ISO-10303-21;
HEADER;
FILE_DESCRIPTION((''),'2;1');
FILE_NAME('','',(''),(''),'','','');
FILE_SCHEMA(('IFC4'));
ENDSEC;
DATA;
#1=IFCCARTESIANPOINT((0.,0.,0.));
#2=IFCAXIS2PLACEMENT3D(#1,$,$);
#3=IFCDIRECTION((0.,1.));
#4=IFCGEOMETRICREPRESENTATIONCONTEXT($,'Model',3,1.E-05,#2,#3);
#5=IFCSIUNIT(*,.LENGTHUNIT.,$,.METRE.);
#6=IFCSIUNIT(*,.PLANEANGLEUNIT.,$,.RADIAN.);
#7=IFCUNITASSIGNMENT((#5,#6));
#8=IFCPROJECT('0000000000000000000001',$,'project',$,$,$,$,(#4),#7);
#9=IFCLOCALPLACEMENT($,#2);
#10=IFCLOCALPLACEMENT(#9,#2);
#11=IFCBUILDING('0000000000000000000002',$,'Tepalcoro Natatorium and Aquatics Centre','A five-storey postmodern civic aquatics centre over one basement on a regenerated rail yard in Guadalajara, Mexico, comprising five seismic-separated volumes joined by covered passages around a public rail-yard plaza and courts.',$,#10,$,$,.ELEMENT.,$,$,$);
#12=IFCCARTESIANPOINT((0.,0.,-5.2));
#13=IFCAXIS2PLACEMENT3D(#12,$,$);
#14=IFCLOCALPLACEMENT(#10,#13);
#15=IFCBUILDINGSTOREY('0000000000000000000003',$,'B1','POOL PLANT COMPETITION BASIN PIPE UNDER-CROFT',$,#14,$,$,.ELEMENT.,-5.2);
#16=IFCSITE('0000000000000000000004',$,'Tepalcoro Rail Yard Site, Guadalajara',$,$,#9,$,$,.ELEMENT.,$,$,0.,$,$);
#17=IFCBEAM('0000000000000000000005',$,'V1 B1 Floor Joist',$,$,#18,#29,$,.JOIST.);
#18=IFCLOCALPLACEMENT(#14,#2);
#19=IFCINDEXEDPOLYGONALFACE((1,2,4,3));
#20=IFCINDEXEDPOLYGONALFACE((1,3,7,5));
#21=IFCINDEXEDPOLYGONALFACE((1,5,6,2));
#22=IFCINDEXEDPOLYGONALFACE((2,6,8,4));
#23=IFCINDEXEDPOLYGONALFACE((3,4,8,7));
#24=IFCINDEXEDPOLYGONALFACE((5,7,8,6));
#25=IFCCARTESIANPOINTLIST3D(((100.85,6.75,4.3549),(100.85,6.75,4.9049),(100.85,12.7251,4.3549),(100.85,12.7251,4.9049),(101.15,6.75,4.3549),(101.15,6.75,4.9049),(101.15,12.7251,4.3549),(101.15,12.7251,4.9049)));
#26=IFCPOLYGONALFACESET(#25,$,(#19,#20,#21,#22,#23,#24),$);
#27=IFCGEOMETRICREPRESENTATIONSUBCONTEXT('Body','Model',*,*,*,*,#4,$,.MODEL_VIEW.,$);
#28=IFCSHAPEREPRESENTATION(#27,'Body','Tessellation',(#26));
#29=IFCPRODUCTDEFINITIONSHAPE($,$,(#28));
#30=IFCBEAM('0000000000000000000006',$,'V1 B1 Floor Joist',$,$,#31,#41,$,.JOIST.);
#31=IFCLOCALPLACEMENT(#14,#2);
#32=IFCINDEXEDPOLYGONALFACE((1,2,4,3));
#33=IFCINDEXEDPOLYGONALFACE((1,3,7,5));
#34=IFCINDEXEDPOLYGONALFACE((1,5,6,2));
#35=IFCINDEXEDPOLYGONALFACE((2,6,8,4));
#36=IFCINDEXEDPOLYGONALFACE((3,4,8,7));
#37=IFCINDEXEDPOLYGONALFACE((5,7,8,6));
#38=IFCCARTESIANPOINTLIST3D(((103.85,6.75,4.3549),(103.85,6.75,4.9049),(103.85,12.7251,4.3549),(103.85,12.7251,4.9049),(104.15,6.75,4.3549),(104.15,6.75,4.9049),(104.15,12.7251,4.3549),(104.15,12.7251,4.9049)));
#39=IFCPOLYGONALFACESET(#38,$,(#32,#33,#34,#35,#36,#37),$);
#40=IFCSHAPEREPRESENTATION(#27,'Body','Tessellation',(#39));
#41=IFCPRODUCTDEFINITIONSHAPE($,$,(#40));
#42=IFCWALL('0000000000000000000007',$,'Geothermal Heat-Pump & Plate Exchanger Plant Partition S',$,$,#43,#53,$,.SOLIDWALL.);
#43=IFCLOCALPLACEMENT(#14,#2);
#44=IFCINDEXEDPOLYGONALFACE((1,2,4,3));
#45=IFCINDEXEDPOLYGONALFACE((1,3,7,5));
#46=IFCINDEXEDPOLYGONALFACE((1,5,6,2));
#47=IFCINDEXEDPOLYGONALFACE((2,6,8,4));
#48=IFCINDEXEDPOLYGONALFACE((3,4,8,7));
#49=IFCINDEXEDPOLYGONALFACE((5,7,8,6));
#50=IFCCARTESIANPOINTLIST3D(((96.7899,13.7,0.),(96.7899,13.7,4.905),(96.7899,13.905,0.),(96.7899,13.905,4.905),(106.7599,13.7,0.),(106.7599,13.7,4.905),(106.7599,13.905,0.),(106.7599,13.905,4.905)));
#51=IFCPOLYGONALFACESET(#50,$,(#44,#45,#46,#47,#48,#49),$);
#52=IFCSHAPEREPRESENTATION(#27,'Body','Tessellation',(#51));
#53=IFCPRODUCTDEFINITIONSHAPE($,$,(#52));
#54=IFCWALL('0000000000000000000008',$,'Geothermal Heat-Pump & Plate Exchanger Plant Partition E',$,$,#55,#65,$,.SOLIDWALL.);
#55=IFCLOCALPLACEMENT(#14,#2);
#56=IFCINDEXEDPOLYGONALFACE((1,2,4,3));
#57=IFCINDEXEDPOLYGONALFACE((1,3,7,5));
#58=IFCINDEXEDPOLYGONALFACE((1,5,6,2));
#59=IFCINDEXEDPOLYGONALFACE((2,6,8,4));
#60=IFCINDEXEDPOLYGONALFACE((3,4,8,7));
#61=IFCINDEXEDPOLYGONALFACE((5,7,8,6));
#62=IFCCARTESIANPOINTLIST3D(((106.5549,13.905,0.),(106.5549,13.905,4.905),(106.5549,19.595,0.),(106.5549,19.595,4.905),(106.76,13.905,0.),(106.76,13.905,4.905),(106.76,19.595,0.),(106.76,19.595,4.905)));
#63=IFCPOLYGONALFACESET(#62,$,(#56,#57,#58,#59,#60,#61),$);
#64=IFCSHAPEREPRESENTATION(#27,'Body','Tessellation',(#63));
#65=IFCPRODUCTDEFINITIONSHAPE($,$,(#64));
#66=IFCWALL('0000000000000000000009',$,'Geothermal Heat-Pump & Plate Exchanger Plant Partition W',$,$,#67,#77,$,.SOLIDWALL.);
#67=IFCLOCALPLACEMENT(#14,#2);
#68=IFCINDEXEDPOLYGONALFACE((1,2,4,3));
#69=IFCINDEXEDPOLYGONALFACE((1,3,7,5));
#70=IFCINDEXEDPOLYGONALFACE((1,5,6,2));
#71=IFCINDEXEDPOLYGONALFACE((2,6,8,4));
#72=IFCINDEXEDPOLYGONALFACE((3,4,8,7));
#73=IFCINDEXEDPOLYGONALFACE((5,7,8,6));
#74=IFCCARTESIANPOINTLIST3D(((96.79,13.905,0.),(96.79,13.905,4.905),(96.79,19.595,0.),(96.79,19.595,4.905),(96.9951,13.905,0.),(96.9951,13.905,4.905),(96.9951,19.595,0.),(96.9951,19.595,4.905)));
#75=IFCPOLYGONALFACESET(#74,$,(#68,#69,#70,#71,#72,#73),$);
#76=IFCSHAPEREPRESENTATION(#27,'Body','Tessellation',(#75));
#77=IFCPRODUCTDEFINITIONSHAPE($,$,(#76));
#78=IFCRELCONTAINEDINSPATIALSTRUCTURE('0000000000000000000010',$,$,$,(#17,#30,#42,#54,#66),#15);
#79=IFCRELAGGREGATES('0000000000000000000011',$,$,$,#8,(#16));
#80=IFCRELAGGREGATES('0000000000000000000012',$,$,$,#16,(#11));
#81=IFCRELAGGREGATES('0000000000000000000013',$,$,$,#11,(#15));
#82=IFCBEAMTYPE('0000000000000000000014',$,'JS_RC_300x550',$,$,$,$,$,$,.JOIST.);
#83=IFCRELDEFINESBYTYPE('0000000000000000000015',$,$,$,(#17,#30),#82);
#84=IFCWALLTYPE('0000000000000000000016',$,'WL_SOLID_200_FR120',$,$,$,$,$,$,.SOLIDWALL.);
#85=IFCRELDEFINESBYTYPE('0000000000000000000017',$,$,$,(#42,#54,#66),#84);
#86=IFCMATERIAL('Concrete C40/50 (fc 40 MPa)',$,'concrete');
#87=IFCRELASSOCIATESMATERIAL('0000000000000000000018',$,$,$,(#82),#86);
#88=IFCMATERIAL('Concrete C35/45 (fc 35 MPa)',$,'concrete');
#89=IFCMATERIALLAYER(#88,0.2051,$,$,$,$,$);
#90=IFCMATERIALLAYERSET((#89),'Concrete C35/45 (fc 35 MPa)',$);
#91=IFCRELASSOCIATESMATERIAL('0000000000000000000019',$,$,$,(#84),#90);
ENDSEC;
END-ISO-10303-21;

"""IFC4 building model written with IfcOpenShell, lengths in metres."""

from ifc_helpers import new_model, si_unit, direction, frame, frame_2d, origin, origin_2d, place, context, subcontext, project, spatial, rectangle, extrude, material, layer, layer_set, material_profile, profile_set, type_object, element, save


model = new_model("IFC4")

# Units and contexts
model_context = context("Model", 3, precision=1e-05, world=origin(), true_north=direction((0.0, 1.0)))
body_context = subcontext(model_context, "Body", "Model", "MODEL_VIEW")
ifc_project = project(units=[si_unit("LENGTHUNIT", "METRE"), si_unit("PLANEANGLEUNIT", "RADIAN")], contexts=[model_context])

# Site, building, storey
site_placement = place(None, origin())
site = spatial("IfcSite", under=ifc_project, at=site_placement, Name="Tepalcoro Rail Yard Site, Guadalajara", CompositionType="ELEMENT", RefElevation=0.0)
building_placement = place(site_placement, origin())
building = spatial("IfcBuilding", under=site, at=building_placement, Name="Tepalcoro Natatorium and Aquatics Centre", Description="A five-storey postmodern civic aquatics centre over one basement on a regenerated rail yard in Guadalajara, Mexico, comprising five seismic-separated volumes joined by covered passages around a public rail-yard plaza and courts.", CompositionType="ELEMENT")
storey_placement = place(building_placement, frame((0.0, 0.0, -5.2)))
storey = spatial("IfcBuildingStorey", under=building, at=storey_placement, Name="B1", Description="POOL PLANT COMPETITION BASIN PIPE UNDER-CROFT", CompositionType="ELEMENT", Elevation=-5.2)

# Shared definitions
ifc_material_1 = material(Name="Concrete C40/50 (fc 40 MPa)", Category="concrete")

# Beams
ifc_material_profile_1 = material_profile(ifc_material_1, rectangle(XDim=0.3, YDim=0.55, at=origin_2d()), Name="RCJ300x550")
ifc_profile_set_1 = profile_set([ifc_material_profile_1], Name="Concrete C40/50 (fc 40 MPa)")
beam_type_1 = type_object("IfcBeamType", Name="JS_RC_300x550", PredefinedType="JOIST", material=ifc_profile_set_1)
for number, where, z_axis, x_axis, name in (
    (1, (101.0, 6.75, 4.6299), (0.0, 1.0, 0.0), (-1.0, 0.0, 0.0), "V1 B1 Floor Joist"),
    (2, (104.0, 6.75, 4.6299), (0.0, 1.0, 0.0), (-1.0, 0.0, 0.0), "V1 B1 Floor Joist"),
):
    element("IfcBeam", number, at=place(storey_placement, frame(where, z_axis=z_axis, x_axis=x_axis)), inside=storey, type_object=beam_type_1, Name=name, PredefinedType="JOIST", context=body_context, shape_type="SweptSolid", body=[
        extrude(rectangle(XDim=0.3, YDim=0.55, at=origin_2d()), origin(), (0.0, 0.0, 1.0), 5.9751),
    ])

# Walls
ifc_material_2 = material(Name="Concrete C35/45 (fc 35 MPa)", Category="concrete")
ifc_layer = layer(ifc_material_2, 0.2051)
ifc_layer_set = layer_set([ifc_layer], Name="Concrete C35/45 (fc 35 MPa)")
wall_type = type_object("IfcWallType", Name="WL_SOLID_200_FR120", PredefinedType="SOLIDWALL", material=ifc_layer_set)
wall_placement = place(storey_placement, frame((96.79, 13.8025, 0.0), z_axis=(0.0, 0.0, 1.0), x_axis=(1.0, 0.0, 0.0)))
element("IfcWall", 3, at=wall_placement, inside=storey, type_object=wall_type, Name="Geothermal Heat-Pump & Plate Exchanger Plant Partition S", PredefinedType="SOLIDWALL", context=body_context, shape_type="SweptSolid", body=[
    extrude(rectangle(XDim=9.97, YDim=0.2051, at=frame_2d((4.9849, 0.0))), origin(), (0.0, 0.0, 1.0), 4.905),
])
for number, where, z_axis, x_axis, name in (
    (4, (106.6575, 13.905, 0.0), (0.0, 0.0, 1.0), (0.0, 1.0, 0.0), "Geothermal Heat-Pump & Plate Exchanger Plant Partition E"),
    (5, (96.8926, 13.905, 0.0), (0.0, 0.0, 1.0), (0.0, 1.0, 0.0), "Geothermal Heat-Pump & Plate Exchanger Plant Partition W"),
):
    element("IfcWall", number, at=place(storey_placement, frame(where, z_axis=z_axis, x_axis=x_axis)), inside=storey, type_object=wall_type, Name=name, PredefinedType="SOLIDWALL", context=body_context, shape_type="SweptSolid", body=[
        extrude(rectangle(XDim=5.6899, YDim=0.2051, at=frame_2d((2.845, 0.0))), origin(), (0.0, 0.0, 1.0), 4.905),
    ])

save(model, "model.ifc")
